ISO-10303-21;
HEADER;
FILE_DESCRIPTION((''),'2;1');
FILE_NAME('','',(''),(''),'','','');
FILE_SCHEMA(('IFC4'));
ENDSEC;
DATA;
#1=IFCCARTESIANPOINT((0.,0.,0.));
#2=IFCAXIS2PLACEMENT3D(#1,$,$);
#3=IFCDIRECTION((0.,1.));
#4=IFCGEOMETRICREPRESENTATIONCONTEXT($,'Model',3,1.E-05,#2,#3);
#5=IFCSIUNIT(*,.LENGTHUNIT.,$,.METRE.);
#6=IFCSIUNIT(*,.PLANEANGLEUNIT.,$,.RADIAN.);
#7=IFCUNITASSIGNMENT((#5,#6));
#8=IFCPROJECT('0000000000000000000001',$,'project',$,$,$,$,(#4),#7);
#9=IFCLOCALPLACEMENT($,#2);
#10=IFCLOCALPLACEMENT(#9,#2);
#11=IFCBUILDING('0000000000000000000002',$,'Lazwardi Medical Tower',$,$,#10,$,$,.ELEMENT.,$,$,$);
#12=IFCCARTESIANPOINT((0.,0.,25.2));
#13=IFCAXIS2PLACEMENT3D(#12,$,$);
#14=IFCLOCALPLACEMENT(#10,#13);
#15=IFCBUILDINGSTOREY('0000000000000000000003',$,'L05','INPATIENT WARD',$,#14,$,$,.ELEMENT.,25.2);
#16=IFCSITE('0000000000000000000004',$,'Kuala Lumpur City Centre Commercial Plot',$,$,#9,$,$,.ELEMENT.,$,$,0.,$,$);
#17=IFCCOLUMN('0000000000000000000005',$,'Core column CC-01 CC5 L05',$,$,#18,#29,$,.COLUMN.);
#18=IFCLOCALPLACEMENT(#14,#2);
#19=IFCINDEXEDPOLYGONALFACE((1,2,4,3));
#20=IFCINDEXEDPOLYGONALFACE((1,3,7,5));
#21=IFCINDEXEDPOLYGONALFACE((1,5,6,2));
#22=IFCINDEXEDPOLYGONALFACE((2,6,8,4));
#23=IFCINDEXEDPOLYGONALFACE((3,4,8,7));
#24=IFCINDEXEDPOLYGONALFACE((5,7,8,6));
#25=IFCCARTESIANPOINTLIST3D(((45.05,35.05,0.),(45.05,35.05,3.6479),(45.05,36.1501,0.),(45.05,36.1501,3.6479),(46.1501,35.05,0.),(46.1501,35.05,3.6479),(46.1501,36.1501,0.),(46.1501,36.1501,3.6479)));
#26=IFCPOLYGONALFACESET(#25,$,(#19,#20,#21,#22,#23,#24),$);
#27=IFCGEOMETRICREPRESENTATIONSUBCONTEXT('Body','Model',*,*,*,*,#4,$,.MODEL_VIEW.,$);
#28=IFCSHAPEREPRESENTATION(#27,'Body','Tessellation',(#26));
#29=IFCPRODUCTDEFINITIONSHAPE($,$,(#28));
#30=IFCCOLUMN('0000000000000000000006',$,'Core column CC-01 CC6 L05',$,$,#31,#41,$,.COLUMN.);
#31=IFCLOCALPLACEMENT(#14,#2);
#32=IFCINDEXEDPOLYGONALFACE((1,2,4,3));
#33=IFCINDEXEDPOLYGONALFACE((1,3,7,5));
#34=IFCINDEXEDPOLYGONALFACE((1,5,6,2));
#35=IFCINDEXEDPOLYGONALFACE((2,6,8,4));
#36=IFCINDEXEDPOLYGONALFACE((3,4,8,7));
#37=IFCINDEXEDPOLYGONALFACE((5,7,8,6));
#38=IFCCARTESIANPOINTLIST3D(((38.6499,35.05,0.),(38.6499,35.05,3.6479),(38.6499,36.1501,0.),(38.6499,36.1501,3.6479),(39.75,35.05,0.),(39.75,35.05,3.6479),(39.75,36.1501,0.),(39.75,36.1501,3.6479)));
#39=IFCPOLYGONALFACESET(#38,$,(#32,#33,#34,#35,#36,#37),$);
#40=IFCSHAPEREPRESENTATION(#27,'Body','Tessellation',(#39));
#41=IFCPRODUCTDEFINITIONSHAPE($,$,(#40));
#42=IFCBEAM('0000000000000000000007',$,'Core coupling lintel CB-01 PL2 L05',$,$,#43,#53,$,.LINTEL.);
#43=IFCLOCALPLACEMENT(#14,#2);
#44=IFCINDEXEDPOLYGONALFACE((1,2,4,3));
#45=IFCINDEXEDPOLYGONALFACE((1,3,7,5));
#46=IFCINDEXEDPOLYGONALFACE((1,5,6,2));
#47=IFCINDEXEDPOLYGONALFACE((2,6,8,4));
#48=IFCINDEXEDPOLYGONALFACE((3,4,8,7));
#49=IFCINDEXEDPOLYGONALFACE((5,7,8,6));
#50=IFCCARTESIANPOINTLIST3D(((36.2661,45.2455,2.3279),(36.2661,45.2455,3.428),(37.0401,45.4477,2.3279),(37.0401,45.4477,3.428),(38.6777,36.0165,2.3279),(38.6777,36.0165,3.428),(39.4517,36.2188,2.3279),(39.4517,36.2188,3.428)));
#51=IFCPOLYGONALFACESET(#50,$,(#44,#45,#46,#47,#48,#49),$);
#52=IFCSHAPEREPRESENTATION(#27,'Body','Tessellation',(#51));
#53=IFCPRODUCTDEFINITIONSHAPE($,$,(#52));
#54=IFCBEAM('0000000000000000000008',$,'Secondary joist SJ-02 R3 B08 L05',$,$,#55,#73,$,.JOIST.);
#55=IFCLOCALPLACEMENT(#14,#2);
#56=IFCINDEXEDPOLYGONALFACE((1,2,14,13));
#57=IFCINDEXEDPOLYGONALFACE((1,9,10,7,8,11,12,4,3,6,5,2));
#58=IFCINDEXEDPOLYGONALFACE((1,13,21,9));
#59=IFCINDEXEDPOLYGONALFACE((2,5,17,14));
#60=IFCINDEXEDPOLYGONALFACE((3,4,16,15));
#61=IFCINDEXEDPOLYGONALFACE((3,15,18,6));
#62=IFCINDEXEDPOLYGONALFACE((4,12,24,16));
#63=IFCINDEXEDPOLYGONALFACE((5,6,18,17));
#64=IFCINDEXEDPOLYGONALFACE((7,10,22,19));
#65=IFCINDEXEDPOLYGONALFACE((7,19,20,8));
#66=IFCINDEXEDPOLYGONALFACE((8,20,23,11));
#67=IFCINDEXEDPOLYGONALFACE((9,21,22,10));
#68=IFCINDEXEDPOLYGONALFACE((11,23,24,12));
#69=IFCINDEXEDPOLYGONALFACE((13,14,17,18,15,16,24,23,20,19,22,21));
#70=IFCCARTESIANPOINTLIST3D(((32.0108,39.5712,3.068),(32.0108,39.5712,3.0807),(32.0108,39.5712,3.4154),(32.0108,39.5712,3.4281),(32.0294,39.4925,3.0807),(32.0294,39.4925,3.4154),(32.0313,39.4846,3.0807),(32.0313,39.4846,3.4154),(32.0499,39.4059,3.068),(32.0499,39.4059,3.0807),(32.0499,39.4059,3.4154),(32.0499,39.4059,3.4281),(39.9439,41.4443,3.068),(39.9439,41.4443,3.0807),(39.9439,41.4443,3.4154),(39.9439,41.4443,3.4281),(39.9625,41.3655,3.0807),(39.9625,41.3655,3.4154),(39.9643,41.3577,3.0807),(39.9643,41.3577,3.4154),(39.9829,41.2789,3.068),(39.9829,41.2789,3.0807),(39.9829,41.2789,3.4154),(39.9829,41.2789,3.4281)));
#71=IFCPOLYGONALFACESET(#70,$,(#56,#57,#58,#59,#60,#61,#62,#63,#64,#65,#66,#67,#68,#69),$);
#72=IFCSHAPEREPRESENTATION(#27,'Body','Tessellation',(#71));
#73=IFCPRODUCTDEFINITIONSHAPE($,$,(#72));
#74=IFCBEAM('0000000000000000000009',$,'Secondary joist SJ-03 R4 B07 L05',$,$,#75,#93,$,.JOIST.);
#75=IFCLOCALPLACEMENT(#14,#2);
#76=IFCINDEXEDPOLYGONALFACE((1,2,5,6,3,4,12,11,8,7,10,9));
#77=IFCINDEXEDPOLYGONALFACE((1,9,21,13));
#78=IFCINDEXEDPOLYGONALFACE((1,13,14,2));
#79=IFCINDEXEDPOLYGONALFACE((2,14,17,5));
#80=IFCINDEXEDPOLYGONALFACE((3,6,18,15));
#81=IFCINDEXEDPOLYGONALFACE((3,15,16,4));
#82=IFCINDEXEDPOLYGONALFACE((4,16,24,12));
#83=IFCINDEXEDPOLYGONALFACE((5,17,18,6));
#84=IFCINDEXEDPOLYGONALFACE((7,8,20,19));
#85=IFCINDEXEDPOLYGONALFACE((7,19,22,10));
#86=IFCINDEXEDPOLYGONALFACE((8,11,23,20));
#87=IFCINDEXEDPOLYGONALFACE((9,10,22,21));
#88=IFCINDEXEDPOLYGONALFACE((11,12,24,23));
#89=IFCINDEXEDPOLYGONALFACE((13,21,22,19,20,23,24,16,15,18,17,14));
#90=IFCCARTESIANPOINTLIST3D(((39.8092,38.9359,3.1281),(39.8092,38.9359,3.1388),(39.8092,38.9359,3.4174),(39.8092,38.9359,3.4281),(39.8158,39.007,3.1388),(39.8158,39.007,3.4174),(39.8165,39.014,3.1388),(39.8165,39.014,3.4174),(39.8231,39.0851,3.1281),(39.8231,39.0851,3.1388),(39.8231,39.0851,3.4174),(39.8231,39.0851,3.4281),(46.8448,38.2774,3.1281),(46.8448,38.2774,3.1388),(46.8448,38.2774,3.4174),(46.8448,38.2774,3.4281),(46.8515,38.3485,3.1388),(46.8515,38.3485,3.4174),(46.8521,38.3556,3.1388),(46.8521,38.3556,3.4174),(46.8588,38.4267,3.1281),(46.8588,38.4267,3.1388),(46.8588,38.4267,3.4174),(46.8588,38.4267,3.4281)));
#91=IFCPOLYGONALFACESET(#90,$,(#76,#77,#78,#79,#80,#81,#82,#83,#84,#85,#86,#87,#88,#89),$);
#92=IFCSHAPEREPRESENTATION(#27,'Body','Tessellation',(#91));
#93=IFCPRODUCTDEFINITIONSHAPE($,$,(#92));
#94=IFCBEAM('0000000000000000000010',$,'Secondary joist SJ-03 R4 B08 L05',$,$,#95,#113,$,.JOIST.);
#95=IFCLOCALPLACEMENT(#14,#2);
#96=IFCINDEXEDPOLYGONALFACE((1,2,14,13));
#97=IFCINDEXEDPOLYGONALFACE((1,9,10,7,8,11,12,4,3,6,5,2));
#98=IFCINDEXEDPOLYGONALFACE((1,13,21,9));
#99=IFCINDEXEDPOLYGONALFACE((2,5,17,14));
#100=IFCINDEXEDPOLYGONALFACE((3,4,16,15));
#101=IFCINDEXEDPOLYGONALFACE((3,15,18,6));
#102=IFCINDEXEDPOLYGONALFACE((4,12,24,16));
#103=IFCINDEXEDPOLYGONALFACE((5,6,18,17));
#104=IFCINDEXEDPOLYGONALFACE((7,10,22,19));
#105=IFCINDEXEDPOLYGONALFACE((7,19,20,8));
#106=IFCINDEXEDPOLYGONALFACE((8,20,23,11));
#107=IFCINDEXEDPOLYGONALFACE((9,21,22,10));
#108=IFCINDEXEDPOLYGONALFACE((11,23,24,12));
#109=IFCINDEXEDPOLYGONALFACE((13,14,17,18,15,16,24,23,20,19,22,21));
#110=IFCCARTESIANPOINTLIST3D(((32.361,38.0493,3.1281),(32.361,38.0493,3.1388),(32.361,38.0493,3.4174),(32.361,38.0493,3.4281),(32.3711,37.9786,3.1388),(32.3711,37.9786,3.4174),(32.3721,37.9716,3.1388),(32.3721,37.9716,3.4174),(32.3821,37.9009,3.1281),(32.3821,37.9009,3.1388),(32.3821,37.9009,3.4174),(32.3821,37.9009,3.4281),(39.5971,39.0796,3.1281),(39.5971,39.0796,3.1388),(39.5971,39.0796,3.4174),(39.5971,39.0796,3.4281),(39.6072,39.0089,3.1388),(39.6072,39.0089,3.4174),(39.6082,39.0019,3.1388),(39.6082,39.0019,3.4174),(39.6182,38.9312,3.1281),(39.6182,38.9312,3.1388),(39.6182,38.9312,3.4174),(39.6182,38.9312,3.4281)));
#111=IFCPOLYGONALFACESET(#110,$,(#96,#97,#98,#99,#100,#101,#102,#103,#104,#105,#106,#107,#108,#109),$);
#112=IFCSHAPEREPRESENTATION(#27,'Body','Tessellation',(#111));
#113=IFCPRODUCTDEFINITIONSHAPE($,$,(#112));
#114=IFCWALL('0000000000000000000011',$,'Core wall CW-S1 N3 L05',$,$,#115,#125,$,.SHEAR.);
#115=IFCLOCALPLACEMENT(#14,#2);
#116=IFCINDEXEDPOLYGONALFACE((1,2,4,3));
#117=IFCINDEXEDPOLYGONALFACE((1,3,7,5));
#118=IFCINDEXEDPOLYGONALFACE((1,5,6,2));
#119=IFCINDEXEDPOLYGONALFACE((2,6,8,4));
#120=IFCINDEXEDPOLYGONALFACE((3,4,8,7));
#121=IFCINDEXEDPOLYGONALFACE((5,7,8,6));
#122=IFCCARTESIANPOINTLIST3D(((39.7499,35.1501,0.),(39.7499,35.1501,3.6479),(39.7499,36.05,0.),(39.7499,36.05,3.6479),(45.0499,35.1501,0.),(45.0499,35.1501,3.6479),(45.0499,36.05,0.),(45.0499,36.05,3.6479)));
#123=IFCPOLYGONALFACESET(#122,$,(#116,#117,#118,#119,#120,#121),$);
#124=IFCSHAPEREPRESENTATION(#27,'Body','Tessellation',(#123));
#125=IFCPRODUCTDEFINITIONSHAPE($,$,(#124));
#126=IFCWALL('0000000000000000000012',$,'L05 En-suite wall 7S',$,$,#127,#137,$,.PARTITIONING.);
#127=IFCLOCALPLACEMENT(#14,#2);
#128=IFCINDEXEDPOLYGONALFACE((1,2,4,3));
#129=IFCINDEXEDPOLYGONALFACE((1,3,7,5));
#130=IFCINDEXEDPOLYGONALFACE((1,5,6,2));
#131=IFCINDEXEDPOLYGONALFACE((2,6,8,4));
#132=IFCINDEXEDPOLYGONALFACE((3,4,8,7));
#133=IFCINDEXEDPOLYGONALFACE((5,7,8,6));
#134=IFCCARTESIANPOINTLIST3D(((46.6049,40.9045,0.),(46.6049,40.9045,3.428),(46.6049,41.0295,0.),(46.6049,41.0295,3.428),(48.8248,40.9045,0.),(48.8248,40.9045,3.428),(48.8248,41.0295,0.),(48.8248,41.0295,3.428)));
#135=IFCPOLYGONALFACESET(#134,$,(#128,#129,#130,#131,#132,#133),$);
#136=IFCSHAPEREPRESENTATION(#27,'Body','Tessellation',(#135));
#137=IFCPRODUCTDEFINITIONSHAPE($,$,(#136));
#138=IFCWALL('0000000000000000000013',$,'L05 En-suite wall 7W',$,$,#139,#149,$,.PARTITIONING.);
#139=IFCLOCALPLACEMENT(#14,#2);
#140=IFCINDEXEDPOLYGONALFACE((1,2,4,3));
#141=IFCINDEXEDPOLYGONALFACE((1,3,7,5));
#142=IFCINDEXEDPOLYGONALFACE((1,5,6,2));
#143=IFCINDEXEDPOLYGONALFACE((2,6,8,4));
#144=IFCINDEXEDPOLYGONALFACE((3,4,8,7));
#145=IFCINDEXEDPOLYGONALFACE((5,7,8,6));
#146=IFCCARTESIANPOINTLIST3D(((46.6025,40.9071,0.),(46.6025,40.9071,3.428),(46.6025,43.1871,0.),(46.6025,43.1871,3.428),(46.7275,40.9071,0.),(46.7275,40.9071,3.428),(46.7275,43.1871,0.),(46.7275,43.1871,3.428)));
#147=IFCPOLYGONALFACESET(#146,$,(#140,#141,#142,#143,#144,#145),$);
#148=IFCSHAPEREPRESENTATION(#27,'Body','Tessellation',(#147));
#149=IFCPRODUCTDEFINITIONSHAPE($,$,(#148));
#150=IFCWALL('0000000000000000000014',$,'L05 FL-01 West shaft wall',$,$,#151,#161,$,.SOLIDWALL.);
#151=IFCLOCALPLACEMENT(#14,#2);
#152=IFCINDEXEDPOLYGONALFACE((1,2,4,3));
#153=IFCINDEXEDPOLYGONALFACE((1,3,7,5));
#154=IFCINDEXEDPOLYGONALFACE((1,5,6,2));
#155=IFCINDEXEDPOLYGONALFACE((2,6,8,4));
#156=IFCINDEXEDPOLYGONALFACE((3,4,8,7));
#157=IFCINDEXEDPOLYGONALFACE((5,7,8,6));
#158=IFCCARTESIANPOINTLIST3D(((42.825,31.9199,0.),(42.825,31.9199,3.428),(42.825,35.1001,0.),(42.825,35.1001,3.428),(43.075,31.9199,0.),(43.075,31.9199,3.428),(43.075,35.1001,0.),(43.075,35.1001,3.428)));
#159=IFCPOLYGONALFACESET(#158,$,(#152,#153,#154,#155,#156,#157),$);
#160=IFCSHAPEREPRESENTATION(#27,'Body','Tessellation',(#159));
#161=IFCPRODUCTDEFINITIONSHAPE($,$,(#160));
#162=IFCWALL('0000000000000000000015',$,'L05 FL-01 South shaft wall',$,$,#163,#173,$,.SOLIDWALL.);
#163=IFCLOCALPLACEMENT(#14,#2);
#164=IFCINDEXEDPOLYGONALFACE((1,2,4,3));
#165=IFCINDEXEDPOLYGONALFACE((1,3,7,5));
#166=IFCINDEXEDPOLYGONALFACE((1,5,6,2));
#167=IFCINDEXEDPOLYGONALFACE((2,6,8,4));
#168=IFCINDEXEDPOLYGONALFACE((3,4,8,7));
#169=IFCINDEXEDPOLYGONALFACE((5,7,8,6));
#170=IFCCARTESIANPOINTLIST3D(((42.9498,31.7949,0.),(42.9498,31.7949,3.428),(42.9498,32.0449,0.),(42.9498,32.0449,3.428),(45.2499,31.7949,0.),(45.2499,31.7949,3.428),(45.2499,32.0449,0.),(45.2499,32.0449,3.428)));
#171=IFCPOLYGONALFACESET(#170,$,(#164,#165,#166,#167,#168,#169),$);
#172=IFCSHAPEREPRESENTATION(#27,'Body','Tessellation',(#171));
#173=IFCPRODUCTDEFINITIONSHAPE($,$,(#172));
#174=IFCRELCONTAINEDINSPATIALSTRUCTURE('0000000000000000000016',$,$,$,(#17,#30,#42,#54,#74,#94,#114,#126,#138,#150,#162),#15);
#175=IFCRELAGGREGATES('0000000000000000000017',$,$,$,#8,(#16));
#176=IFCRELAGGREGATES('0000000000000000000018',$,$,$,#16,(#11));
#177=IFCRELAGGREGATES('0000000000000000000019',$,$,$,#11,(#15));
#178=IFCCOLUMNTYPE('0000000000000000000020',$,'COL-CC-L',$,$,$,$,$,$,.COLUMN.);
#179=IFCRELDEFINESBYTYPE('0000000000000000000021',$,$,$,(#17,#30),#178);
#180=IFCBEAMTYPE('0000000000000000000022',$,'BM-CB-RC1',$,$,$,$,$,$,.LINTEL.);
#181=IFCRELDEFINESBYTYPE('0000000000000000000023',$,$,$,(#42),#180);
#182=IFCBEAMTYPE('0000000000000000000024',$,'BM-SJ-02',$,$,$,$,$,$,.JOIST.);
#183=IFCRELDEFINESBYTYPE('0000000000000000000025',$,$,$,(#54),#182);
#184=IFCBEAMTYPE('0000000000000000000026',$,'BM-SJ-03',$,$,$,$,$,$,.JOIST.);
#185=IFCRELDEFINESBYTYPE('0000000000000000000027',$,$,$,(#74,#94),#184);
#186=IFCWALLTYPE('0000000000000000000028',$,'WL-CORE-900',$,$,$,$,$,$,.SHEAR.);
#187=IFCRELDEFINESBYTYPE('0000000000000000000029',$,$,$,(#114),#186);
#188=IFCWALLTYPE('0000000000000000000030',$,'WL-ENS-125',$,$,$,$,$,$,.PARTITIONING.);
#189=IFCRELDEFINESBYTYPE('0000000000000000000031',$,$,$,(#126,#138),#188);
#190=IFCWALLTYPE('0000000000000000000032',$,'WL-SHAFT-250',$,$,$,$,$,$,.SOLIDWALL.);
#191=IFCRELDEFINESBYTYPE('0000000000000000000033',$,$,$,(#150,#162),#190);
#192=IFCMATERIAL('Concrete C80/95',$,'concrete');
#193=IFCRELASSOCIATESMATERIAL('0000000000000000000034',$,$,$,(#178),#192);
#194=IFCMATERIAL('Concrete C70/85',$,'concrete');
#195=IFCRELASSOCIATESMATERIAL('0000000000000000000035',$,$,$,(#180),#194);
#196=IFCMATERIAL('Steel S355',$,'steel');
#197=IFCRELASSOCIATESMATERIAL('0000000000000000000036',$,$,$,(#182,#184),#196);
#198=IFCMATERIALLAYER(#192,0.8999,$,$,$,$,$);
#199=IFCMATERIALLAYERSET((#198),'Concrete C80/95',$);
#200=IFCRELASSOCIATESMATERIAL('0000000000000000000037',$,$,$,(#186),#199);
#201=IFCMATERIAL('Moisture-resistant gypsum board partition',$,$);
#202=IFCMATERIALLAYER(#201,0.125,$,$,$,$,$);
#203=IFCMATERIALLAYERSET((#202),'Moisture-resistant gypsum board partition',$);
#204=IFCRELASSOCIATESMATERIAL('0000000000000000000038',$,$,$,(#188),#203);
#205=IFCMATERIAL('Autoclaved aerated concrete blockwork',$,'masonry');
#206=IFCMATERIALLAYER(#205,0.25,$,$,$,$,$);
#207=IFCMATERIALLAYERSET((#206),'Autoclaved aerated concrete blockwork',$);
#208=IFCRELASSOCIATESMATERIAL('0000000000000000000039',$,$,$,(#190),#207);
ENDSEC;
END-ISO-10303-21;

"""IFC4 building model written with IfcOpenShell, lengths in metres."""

from ifc_helpers import new_model, si_unit, direction, frame, frame_2d, origin, origin_2d, place, context, subcontext, project, spatial, rectangle, i_section, extrude, material, layer, layer_set, material_profile, profile_set, type_object, element, save


model = new_model("IFC4")

# Units and contexts
model_context = context("Model", 3, precision=1e-05, world=origin(), true_north=direction((0.0, 1.0)))
body_context = subcontext(model_context, "Body", "Model", "MODEL_VIEW")
ifc_project = project(units=[si_unit("LENGTHUNIT", "METRE"), si_unit("PLANEANGLEUNIT", "RADIAN")], contexts=[model_context])

# Site, building, storey
site_placement = place(None, origin())
site = spatial("IfcSite", under=ifc_project, at=site_placement, Name="Kuala Lumpur City Centre Commercial Plot", CompositionType="ELEMENT", RefElevation=0.0)
building_placement = place(site_placement, origin())
building = spatial("IfcBuilding", under=site, at=building_placement, Name="Lazwardi Medical Tower", CompositionType="ELEMENT")
storey_placement = place(building_placement, frame((0.0, 0.0, 25.2)))
storey = spatial("IfcBuildingStorey", under=building, at=storey_placement, Name="L05", Description="INPATIENT WARD", CompositionType="ELEMENT", Elevation=25.2)

# Columns
ifc_material_1 = material(Name="Concrete C80/95", Category="concrete")
ifc_material_profile_1 = material_profile(ifc_material_1, rectangle(XDim=1.1001, YDim=1.1001, at=origin_2d()), Name="RC 1100x1100")
ifc_profile_set_1 = profile_set([ifc_material_profile_1], Name="Concrete C80/95")
column_type = type_object("IfcColumnType", Name="COL-CC-L", PredefinedType="COLUMN", material=ifc_profile_set_1)
for number, where, z_axis, x_axis, name in (
    (1, (45.6001, 35.6001, 0.0), (0.0, 0.0, 1.0), (1.0, 0.0, 0.0), "Core column CC-01 CC5 L05"),
    (2, (39.2, 35.6001, 0.0), (0.0, 0.0, 1.0), (1.0, 0.0, 0.0), "Core column CC-01 CC6 L05"),
):
    element("IfcColumn", number, at=place(storey_placement, frame(where, z_axis=z_axis, x_axis=x_axis)), inside=storey, type_object=column_type, Name=name, PredefinedType="COLUMN", context=body_context, shape_type="SweptSolid", body=[
        extrude(rectangle(XDim=1.1001, YDim=1.1001, at=origin_2d()), origin(), (0.0, 0.0, 1.0), 3.6479),
    ])

# Beams
ifc_material_2 = material(Name="Concrete C70/85", Category="concrete")
ifc_material_profile_2 = material_profile(ifc_material_2, rectangle(XDim=0.8, YDim=1.1001, at=origin_2d()), Name="RC 800x1100")
ifc_profile_set_2 = profile_set([ifc_material_profile_2], Name="Concrete C70/85")
beam_type_1 = type_object("IfcBeamType", Name="BM-CB-RC1", PredefinedType="LINTEL", material=ifc_profile_set_2)
beam_1_placement = place(storey_placement, frame((39.0647, 36.1177, 2.8779), z_axis=(-0.25282, 0.967513, 0.0), x_axis=(-0.967513, -0.25282, 0.0)))
element("IfcBeam", 3, at=beam_1_placement, inside=storey, type_object=beam_type_1, Name="Core coupling lintel CB-01 PL2 L05", PredefinedType="LINTEL", context=body_context, shape_type="SweptSolid", body=[
    extrude(rectangle(XDim=0.8, YDim=1.1001, at=origin_2d()), origin(), (0.0, 0.0, 1.0), 9.5388),
])
ifc_material_3 = material(Name="Steel S355", Category="steel")
ifc_material_profile_3 = material_profile(ifc_material_3, i_section(OverallWidth=0.1699, OverallDepth=0.3601, WebThickness=0.0081, FlangeThickness=0.0127, at=origin_2d()), Name="IPE 360")
ifc_profile_set_3 = profile_set([ifc_material_profile_3], Name="Steel S355")
beam_type_2 = type_object("IfcBeamType", Name="BM-SJ-02", PredefinedType="JOIST", material=ifc_profile_set_3)
beam_2_placement = place(storey_placement, frame((39.9634, 41.3616, 3.248), z_axis=(-0.973241, -0.229787, 0.0), x_axis=(0.229787, -0.973241, 0.0)))
element("IfcBeam", 4, at=beam_2_placement, inside=storey, type_object=beam_type_2, Name="Secondary joist SJ-02 R3 B08 L05", PredefinedType="JOIST", context=body_context, shape_type="SweptSolid", body=[
    extrude(i_section(OverallWidth=0.1699, OverallDepth=0.3601, WebThickness=0.0081, FlangeThickness=0.0127, at=origin_2d()), origin(), (0.0, 0.0, 1.0), 8.1511),
])
ifc_material_profile_4 = material_profile(ifc_material_3, i_section(OverallWidth=0.1499, OverallDepth=0.3, WebThickness=0.0071, FlangeThickness=0.0107, at=origin_2d()), Name="IPE 300")
ifc_profile_set_4 = profile_set([ifc_material_profile_4], Name="Steel S355")
beam_type_3 = type_object("IfcBeamType", Name="BM-SJ-03", PredefinedType="JOIST", material=ifc_profile_set_4)
beam_3_placement = place(storey_placement, frame((46.8518, 38.3521, 3.2781), z_axis=(-0.995649, 0.09318, 0.0), x_axis=(-0.09318, -0.995649, 0.0)))
element("IfcBeam", 5, at=beam_3_placement, inside=storey, type_object=beam_type_3, Name="Secondary joist SJ-03 R4 B07 L05", PredefinedType="JOIST", context=body_context, shape_type="SweptSolid", body=[
    extrude(i_section(OverallWidth=0.1499, OverallDepth=0.3, WebThickness=0.0071, FlangeThickness=0.0107, at=origin_2d()), origin(), (0.0, 0.0, 1.0), 7.0664),
])
beam_4_placement = place(storey_placement, frame((39.6077, 39.0054, 3.2781), z_axis=(-0.990016, -0.140958, 0.0), x_axis=(0.140958, -0.990016, 0.0)))
element("IfcBeam", 6, at=beam_4_placement, inside=storey, type_object=beam_type_3, Name="Secondary joist SJ-03 R4 B08 L05", PredefinedType="JOIST", context=body_context, shape_type="SweptSolid", body=[
    extrude(i_section(OverallWidth=0.1499, OverallDepth=0.3, WebThickness=0.0071, FlangeThickness=0.0107, at=origin_2d()), origin(), (0.0, 0.0, 1.0), 7.3091),
])

# Walls
ifc_layer_1 = layer(ifc_material_1, 0.8999)
ifc_layer_set_1 = layer_set([ifc_layer_1], Name="Concrete C80/95")
wall_type_1 = type_object("IfcWallType", Name="WL-CORE-900", PredefinedType="SHEAR", material=ifc_layer_set_1)
wall_1_placement = place(storey_placement, frame((39.75, 35.6001, 0.0), z_axis=(0.0, 0.0, 1.0), x_axis=(1.0, 0.0, 0.0)))
element("IfcWall", 7, at=wall_1_placement, inside=storey, type_object=wall_type_1, Name="Core wall CW-S1 N3 L05", PredefinedType="SHEAR", context=body_context, shape_type="SweptSolid", body=[
    extrude(rectangle(XDim=5.3, YDim=0.8999, at=frame_2d((2.6499, 0.0))), origin(), (0.0, 0.0, 1.0), 3.6479),
])
ifc_material_4 = material(Name="Moisture-resistant gypsum board partition")
ifc_layer_2 = layer(ifc_material_4, 0.125)
ifc_layer_set_2 = layer_set([ifc_layer_2], Name="Moisture-resistant gypsum board partition")
wall_type_2 = type_object("IfcWallType", Name="WL-ENS-125", PredefinedType="PARTITIONING", material=ifc_layer_set_2)
wall_2_placement = place(storey_placement, frame((46.605, 40.967, 0.0), z_axis=(0.0, 0.0, 1.0), x_axis=(1.0, 0.0, 0.0)))
element("IfcWall", 8, at=wall_2_placement, inside=storey, type_object=wall_type_2, Name="L05 En-suite wall 7S", PredefinedType="PARTITIONING", context=body_context, shape_type="SweptSolid", body=[
    extrude(rectangle(XDim=2.22, YDim=0.125, at=frame_2d((1.1099, 0.0))), origin(), (0.0, 0.0, 1.0), 3.428),
])
wall_3_placement = place(storey_placement, frame((46.665, 40.907, 0.0), z_axis=(0.0, 0.0, 1.0), x_axis=(0.0, 1.0, 0.0)))
element("IfcWall", 9, at=wall_3_placement, inside=storey, type_object=wall_type_2, Name="L05 En-suite wall 7W", PredefinedType="PARTITIONING", context=body_context, shape_type="SweptSolid", body=[
    extrude(rectangle(XDim=2.28, YDim=0.125, at=frame_2d((1.1401, 0.0))), origin(), (0.0, 0.0, 1.0), 3.428),
])
ifc_material_5 = material(Name="Autoclaved aerated concrete blockwork", Category="masonry")
ifc_layer_3 = layer(ifc_material_5, 0.25)
ifc_layer_set_3 = layer_set([ifc_layer_3], Name="Autoclaved aerated concrete blockwork")
wall_type_3 = type_object("IfcWallType", Name="WL-SHAFT-250", PredefinedType="SOLIDWALL", material=ifc_layer_set_3)
wall_4_placement = place(storey_placement, frame((42.95, 31.9199, 0.0), z_axis=(0.0, 0.0, 1.0), x_axis=(0.0, 1.0, 0.0)))
element("IfcWall", 10, at=wall_4_placement, inside=storey, type_object=wall_type_3, Name="L05 FL-01 West shaft wall", PredefinedType="SOLIDWALL", context=body_context, shape_type="SweptSolid", body=[
    extrude(rectangle(XDim=3.1802, YDim=0.25, at=frame_2d((1.5901, 0.0))), origin(), (0.0, 0.0, 1.0), 3.428),
])
wall_5_placement = place(storey_placement, frame((42.95, 31.9199, 0.0), z_axis=(0.0, 0.0, 1.0), x_axis=(1.0, 0.0, 0.0)))
element("IfcWall", 11, at=wall_5_placement, inside=storey, type_object=wall_type_3, Name="L05 FL-01 South shaft wall", PredefinedType="SOLIDWALL", context=body_context, shape_type="SweptSolid", body=[
    extrude(rectangle(XDim=2.3, YDim=0.25, at=frame_2d((1.1499, 0.0))), origin(), (0.0, 0.0, 1.0), 3.428),
])

save(model, "model.ifc")
